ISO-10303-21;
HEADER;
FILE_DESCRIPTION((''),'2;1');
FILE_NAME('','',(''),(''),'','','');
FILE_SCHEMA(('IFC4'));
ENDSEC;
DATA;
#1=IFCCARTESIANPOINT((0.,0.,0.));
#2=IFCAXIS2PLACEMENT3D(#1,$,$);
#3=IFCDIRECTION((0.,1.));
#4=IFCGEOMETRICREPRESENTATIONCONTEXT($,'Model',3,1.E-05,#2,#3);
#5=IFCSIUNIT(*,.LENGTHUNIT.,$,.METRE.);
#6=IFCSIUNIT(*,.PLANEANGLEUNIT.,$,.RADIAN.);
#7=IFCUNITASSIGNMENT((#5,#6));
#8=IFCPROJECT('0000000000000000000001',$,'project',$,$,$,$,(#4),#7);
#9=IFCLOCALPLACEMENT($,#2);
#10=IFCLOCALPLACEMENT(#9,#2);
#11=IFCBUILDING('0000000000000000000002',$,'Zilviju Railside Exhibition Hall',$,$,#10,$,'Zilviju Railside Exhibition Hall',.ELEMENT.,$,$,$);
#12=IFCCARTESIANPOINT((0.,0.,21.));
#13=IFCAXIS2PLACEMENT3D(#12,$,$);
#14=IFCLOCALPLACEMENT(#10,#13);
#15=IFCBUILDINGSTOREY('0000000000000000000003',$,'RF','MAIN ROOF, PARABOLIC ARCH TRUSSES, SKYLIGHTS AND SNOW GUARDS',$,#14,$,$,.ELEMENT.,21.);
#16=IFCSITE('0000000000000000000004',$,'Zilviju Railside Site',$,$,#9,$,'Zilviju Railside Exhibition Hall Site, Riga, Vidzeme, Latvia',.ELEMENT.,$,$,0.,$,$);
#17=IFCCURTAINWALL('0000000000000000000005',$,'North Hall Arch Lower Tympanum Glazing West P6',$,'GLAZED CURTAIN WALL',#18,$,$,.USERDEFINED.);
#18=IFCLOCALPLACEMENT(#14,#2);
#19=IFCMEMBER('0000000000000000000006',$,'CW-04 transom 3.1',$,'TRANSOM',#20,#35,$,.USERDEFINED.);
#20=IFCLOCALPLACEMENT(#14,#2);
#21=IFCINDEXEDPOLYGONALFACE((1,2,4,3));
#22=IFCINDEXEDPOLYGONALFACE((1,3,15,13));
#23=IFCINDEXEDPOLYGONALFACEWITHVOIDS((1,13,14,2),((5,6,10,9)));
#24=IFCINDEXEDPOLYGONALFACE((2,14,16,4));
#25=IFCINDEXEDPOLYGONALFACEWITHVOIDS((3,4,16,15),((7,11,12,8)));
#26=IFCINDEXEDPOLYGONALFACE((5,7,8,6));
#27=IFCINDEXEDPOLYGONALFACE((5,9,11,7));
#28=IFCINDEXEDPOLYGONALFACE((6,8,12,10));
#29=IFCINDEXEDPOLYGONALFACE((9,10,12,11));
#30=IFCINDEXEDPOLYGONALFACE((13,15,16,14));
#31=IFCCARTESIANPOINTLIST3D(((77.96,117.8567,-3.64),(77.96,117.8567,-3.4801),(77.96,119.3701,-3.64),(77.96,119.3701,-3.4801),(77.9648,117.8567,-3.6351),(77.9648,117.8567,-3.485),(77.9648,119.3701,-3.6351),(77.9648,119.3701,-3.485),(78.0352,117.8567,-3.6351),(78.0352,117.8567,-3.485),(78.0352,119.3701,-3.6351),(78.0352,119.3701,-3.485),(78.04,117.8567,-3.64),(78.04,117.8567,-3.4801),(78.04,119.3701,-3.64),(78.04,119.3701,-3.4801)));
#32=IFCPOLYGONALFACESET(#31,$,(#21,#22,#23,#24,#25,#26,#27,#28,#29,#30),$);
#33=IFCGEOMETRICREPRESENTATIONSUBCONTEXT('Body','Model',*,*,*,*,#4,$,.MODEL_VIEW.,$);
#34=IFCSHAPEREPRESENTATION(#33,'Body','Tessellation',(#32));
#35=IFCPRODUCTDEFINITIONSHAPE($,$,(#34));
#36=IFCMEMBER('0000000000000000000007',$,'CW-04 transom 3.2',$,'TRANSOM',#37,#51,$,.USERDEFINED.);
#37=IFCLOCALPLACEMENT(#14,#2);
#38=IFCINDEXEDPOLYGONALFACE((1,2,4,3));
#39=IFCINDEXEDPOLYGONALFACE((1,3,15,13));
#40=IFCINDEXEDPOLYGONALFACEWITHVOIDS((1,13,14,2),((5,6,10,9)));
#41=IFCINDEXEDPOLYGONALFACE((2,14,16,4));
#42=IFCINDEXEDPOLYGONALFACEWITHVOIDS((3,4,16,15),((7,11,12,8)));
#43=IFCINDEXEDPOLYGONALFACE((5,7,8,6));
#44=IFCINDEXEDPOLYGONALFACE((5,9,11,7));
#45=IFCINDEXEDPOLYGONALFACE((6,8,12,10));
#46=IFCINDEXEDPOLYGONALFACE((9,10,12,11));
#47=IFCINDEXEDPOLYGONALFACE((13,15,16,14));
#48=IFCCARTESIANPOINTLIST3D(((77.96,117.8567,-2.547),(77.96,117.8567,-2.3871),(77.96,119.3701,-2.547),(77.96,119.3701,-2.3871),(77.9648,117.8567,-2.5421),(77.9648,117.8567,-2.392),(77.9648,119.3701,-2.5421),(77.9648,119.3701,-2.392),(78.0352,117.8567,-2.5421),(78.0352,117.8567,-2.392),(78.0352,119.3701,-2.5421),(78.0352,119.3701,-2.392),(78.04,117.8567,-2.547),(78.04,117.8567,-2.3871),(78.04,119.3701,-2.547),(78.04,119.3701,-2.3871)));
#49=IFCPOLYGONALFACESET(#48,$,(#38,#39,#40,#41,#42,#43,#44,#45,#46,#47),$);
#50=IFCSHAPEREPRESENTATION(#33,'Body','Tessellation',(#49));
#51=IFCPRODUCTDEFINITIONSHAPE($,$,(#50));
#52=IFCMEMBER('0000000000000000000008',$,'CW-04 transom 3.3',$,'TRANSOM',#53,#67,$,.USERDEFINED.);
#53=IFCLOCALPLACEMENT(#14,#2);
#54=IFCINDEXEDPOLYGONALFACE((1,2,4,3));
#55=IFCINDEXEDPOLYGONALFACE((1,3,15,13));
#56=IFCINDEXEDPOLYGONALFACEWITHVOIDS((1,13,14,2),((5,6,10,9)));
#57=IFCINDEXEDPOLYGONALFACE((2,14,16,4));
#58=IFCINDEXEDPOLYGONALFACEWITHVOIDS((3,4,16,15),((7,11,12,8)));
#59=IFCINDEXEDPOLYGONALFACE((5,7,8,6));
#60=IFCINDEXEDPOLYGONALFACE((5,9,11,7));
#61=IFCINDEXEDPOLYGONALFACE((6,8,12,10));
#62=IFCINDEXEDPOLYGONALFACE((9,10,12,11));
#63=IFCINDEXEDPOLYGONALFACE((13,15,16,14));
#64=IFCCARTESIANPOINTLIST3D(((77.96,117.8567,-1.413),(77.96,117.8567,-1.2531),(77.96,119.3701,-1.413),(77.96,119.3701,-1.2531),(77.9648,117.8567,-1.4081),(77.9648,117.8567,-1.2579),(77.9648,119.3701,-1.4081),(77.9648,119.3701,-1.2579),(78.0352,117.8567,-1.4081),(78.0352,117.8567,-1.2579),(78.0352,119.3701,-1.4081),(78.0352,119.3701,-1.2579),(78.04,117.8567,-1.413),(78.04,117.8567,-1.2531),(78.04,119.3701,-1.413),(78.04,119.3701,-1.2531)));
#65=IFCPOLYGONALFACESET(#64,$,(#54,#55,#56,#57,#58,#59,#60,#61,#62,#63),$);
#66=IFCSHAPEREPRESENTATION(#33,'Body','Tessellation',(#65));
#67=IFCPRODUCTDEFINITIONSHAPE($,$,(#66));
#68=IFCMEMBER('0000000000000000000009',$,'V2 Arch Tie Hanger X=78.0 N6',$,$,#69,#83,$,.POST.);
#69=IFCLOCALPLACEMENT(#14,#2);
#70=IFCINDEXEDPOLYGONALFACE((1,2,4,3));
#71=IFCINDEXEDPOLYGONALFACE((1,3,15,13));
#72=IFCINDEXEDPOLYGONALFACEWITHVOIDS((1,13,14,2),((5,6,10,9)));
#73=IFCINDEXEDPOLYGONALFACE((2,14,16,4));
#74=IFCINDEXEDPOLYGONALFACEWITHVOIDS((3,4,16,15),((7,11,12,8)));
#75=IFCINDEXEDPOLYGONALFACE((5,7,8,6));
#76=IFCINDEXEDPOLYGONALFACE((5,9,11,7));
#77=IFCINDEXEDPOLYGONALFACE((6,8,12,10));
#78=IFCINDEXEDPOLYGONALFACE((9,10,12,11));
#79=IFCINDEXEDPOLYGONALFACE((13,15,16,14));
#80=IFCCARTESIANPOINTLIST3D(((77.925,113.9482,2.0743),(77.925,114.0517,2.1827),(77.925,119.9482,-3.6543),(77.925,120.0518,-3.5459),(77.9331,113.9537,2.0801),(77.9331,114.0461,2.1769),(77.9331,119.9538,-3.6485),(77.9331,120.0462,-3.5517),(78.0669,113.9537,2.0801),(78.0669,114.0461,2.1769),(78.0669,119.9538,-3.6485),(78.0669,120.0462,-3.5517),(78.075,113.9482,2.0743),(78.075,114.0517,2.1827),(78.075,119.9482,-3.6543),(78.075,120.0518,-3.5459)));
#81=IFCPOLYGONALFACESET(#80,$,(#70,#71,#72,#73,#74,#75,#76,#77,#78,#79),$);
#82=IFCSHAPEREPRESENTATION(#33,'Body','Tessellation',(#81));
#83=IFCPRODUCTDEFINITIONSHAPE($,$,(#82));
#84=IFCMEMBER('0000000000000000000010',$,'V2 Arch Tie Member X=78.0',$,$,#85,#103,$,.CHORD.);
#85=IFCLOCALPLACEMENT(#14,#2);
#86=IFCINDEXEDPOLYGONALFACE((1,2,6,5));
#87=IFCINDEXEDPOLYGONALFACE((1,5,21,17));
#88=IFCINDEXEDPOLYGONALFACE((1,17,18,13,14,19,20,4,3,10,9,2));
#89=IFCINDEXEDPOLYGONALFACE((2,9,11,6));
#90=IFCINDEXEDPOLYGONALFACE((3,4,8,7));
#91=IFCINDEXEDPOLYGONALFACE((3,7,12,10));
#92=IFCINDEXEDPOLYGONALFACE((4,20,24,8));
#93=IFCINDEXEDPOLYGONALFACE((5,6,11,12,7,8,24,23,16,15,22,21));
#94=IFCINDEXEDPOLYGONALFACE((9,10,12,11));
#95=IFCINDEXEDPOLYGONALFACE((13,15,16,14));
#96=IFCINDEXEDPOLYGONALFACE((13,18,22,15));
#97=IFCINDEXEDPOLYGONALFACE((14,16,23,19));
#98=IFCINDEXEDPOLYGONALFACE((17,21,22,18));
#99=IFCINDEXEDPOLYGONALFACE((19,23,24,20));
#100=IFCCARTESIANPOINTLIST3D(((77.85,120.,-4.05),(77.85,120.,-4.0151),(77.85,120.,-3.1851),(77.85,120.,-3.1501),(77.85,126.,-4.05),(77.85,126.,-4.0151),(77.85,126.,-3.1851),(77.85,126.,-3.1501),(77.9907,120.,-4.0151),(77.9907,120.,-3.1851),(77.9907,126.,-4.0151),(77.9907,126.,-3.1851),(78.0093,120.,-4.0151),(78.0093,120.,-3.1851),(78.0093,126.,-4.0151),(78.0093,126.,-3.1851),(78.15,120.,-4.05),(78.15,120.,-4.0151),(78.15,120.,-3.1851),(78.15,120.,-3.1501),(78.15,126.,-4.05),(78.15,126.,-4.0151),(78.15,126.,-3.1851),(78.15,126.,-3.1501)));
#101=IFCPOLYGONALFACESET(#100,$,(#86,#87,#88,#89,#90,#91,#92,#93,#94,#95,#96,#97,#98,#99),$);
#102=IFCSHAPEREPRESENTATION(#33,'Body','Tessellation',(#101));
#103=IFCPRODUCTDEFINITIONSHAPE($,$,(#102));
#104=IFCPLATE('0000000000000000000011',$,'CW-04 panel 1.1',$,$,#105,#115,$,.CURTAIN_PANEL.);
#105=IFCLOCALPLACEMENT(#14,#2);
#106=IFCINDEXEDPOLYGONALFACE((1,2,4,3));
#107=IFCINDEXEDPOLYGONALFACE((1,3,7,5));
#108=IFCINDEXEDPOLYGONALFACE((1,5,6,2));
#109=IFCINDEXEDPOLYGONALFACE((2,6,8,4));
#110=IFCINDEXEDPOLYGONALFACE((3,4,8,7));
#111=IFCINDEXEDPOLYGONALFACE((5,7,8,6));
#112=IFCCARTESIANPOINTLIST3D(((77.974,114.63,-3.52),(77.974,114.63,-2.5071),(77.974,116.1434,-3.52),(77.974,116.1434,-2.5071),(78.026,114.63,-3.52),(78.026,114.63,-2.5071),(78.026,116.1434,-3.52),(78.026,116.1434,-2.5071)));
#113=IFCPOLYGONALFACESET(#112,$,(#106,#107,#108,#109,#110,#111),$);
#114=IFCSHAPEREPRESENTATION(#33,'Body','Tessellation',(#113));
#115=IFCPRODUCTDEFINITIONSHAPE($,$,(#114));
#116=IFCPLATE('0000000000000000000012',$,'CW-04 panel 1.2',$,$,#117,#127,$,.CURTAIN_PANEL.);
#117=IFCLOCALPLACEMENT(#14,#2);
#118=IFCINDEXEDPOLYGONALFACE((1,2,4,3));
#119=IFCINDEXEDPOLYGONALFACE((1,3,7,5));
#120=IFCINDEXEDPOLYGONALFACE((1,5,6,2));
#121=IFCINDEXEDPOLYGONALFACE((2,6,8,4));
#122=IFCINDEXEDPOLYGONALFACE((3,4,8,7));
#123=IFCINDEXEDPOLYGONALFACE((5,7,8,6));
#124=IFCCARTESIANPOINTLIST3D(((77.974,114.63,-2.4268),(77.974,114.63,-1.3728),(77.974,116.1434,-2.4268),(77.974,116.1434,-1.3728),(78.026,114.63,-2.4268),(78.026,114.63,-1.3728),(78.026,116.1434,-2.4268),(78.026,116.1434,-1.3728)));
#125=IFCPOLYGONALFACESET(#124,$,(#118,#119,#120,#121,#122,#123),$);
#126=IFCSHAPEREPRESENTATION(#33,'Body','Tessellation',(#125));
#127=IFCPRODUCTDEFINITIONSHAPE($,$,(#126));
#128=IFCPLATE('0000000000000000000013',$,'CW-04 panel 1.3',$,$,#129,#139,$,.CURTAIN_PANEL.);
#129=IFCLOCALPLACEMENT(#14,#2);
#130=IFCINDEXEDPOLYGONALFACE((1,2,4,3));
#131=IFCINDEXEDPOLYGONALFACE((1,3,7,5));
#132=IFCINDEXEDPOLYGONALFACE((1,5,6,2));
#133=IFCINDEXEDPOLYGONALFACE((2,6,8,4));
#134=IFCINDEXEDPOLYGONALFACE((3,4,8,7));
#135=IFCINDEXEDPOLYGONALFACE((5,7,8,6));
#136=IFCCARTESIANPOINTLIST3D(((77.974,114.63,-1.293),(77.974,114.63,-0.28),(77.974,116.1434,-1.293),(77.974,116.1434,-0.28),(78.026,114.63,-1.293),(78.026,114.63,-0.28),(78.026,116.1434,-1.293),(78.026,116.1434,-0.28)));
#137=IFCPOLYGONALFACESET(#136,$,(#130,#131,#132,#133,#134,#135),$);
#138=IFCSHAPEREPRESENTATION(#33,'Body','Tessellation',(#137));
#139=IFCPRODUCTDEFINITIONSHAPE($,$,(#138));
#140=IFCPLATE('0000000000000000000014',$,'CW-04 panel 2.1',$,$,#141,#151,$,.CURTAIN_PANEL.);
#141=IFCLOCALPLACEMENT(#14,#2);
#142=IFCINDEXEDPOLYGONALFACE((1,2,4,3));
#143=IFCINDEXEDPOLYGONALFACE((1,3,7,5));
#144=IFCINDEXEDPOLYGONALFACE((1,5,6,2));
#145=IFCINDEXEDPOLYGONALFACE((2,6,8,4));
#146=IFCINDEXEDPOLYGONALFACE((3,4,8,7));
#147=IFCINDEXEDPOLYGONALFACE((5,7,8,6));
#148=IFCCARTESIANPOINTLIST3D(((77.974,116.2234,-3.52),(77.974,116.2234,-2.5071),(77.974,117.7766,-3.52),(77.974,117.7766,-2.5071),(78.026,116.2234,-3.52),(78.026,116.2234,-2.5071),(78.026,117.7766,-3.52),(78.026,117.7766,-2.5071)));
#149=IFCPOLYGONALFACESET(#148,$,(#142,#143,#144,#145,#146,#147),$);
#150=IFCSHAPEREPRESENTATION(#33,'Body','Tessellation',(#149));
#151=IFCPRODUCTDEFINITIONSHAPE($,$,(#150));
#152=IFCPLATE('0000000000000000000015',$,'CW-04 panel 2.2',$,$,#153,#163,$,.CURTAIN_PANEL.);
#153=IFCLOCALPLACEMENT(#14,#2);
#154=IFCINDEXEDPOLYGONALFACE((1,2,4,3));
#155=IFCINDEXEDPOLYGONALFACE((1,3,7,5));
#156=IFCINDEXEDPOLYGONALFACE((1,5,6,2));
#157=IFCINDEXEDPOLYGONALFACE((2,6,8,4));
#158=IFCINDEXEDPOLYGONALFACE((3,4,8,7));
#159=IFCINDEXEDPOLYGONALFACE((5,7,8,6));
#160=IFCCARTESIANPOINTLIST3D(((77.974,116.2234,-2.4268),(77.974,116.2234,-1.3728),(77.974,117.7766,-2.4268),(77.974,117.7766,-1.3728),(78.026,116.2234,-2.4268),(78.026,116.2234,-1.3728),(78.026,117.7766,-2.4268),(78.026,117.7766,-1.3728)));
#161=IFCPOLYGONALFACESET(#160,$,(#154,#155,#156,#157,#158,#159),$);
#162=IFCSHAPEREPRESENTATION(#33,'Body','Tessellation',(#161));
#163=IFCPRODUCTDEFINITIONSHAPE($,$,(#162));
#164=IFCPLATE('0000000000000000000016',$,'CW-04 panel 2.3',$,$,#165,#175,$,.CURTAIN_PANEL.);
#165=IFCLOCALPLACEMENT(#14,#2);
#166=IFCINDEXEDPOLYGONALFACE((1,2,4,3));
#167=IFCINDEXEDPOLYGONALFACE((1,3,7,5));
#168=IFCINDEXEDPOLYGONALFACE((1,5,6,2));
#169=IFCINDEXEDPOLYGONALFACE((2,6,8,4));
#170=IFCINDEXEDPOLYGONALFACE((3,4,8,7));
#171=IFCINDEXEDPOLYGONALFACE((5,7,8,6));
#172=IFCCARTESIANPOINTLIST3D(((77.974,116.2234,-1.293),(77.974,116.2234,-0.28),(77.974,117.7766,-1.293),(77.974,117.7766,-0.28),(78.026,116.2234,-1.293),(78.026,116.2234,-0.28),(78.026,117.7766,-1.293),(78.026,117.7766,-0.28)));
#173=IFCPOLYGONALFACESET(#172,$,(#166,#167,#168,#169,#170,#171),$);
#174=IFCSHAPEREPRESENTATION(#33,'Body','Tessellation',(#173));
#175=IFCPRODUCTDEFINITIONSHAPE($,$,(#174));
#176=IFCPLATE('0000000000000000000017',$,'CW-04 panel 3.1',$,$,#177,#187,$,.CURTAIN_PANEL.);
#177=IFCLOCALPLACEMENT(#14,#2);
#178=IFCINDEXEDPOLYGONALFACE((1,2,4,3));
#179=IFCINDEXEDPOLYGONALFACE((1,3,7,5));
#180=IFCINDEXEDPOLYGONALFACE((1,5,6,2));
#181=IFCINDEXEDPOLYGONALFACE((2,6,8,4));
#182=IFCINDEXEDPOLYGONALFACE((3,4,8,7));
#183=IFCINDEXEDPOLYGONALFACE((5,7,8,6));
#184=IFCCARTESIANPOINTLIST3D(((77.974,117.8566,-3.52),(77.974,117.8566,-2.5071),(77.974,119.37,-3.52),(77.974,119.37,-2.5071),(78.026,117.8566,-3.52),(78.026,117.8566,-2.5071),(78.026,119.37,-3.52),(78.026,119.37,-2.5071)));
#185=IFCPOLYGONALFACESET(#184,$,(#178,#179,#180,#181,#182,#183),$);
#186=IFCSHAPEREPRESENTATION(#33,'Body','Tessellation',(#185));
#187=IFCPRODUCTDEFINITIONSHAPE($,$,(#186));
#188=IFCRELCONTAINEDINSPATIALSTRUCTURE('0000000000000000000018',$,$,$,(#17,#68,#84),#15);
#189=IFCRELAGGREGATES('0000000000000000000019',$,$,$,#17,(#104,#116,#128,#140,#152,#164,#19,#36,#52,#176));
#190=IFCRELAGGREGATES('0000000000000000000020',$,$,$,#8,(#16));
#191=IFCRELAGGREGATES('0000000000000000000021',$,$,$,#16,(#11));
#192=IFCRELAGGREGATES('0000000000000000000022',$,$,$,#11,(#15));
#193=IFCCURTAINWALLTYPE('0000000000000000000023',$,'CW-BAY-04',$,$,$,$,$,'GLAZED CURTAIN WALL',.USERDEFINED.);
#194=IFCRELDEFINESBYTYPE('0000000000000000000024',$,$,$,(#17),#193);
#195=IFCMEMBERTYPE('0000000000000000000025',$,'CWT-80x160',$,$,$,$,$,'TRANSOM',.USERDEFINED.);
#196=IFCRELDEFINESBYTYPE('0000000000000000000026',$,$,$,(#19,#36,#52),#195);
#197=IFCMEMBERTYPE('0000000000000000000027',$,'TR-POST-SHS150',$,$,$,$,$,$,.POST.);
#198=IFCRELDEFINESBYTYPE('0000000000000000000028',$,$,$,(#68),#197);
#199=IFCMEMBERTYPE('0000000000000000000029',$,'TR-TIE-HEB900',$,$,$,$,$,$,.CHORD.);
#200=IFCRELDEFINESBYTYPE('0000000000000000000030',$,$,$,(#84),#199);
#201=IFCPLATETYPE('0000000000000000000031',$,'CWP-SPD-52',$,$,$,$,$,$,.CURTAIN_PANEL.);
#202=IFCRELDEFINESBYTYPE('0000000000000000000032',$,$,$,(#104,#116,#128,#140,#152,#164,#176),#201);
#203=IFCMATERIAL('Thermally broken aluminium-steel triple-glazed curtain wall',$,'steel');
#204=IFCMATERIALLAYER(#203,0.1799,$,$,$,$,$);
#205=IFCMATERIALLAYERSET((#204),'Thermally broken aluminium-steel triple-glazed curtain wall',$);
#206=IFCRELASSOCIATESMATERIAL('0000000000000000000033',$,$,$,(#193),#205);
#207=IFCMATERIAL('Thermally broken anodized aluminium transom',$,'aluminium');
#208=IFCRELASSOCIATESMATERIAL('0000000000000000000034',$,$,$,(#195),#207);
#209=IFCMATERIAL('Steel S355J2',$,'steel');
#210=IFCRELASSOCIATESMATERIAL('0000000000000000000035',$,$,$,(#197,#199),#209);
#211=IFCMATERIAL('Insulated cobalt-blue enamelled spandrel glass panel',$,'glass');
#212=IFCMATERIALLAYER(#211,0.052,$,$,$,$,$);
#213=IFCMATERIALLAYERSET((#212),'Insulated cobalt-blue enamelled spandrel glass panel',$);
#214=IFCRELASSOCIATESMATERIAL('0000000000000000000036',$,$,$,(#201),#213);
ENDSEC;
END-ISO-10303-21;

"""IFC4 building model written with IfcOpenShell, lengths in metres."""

from ifc_helpers import new_model, si_unit, direction, frame, origin, origin_2d, place, context, subcontext, project, spatial, rectangle, hollow_rectangle, i_section, extrude, material, layer, layer_set, material_profile, profile_set, type_object, element, aggregate, save


model = new_model("IFC4")

# Units and contexts
model_context = context("Model", 3, precision=1e-05, world=origin(), true_north=direction((0.0, 1.0)))
body_context = subcontext(model_context, "Body", "Model", "MODEL_VIEW")
ifc_project = project(units=[si_unit("LENGTHUNIT", "METRE"), si_unit("PLANEANGLEUNIT", "RADIAN")], contexts=[model_context])

# Site, building, storey
site_placement = place(None, origin())
site = spatial("IfcSite", under=ifc_project, at=site_placement, Name="Zilviju Railside Site", LongName="Zilviju Railside Exhibition Hall Site, Riga, Vidzeme, Latvia", CompositionType="ELEMENT", RefElevation=0.0)
building_placement = place(site_placement, origin())
building = spatial("IfcBuilding", under=site, at=building_placement, Name="Zilviju Railside Exhibition Hall", LongName="Zilviju Railside Exhibition Hall", CompositionType="ELEMENT")
storey_placement = place(building_placement, frame((0.0, 0.0, 21.0)))
storey = spatial("IfcBuildingStorey", under=building, at=storey_placement, Name="RF", Description="MAIN ROOF, PARABOLIC ARCH TRUSSES, SKYLIGHTS AND SNOW GUARDS", CompositionType="ELEMENT", Elevation=21.0)

# Curtain wall, members
ifc_material_1 = material(Name="Thermally broken aluminium-steel triple-glazed curtain wall", Category="steel")
ifc_layer_1 = layer(ifc_material_1, 0.1799)
ifc_layer_set_1 = layer_set([ifc_layer_1], Name="Thermally broken aluminium-steel triple-glazed curtain wall")
curtain_wall_type = type_object("IfcCurtainWallType", Name="CW-BAY-04", ElementType="GLAZED CURTAIN WALL", PredefinedType="USERDEFINED", material=ifc_layer_set_1)
curtain_wall_placement = place(storey_placement, origin())
curtain_wall = element("IfcCurtainWall", 1, at=curtain_wall_placement, inside=storey, type_object=curtain_wall_type, Name="North Hall Arch Lower Tympanum Glazing West P6", ObjectType="GLAZED CURTAIN WALL", PredefinedType="USERDEFINED")
ifc_material_2 = material(Name="Thermally broken anodized aluminium transom", Category="aluminium")
ifc_material_profile_1 = material_profile(ifc_material_2, hollow_rectangle(XDim=0.0801, YDim=0.1599, WallThickness=0.0049, at=origin_2d()), Name="TRANSOM 160x80x5")
ifc_profile_set_1 = profile_set([ifc_material_profile_1], Name="Thermally broken anodized aluminium transom")
member_type_1 = type_object("IfcMemberType", Name="CWT-80x160", ElementType="TRANSOM", PredefinedType="USERDEFINED", material=ifc_profile_set_1)
member_1_placement = place(storey_placement, frame((78.0, 117.8567, -3.5601), z_axis=(0.0, 1.0, 0.0), x_axis=(-1.0, 0.0, 0.0)))
member_1 = element("IfcMember", 2, at=member_1_placement, type_object=member_type_1, Name="CW-04 transom 3.1", ObjectType="TRANSOM", PredefinedType="USERDEFINED", context=body_context, shape_type="SweptSolid", body=[
    extrude(hollow_rectangle(XDim=0.0801, YDim=0.1599, WallThickness=0.0049, at=origin_2d()), origin(), (0.0, 0.0, 1.0), 1.5134),
])
member_2_placement = place(storey_placement, frame((78.0, 117.8567, -2.467), z_axis=(0.0, 1.0, 0.0), x_axis=(-1.0, 0.0, 0.0)))
member_2 = element("IfcMember", 3, at=member_2_placement, type_object=member_type_1, Name="CW-04 transom 3.2", ObjectType="TRANSOM", PredefinedType="USERDEFINED", context=body_context, shape_type="SweptSolid", body=[
    extrude(hollow_rectangle(XDim=0.0801, YDim=0.1599, WallThickness=0.0049, at=origin_2d()), origin(), (0.0, 0.0, 1.0), 1.5134),
])
member_3_placement = place(storey_placement, frame((78.0, 117.8567, -1.333), z_axis=(0.0, 1.0, 0.0), x_axis=(-1.0, 0.0, 0.0)))
member_3 = element("IfcMember", 4, at=member_3_placement, type_object=member_type_1, Name="CW-04 transom 3.3", ObjectType="TRANSOM", PredefinedType="USERDEFINED", context=body_context, shape_type="SweptSolid", body=[
    extrude(hollow_rectangle(XDim=0.0801, YDim=0.1599, WallThickness=0.0049, at=origin_2d()), origin(), (0.0, 0.0, 1.0), 1.5134),
])

# Members
ifc_material_3 = material(Name="Steel S355J2", Category="steel")
ifc_material_profile_2 = material_profile(ifc_material_3, hollow_rectangle(XDim=0.1499, YDim=0.1499, WallThickness=0.0081, at=origin_2d()), Name="SHS 150x150x8.0")
ifc_profile_set_2 = profile_set([ifc_material_profile_2], Name="Steel S355J2")
member_type_2 = type_object("IfcMemberType", Name="TR-POST-SHS150", PredefinedType="POST", material=ifc_profile_set_2)
member_4_placement = place(storey_placement, frame((78.0, 120.0, -3.6001), z_axis=(0.0, -0.723281, 0.690554), x_axis=(1.0, 0.0, 0.0)))
element("IfcMember", 5, at=member_4_placement, inside=storey, type_object=member_type_2, Name="V2 Arch Tie Hanger X=78.0 N6", PredefinedType="POST", context=body_context, shape_type="SweptSolid", body=[
    extrude(hollow_rectangle(XDim=0.1499, YDim=0.1499, WallThickness=0.0081, at=origin_2d()), origin(), (0.0, 0.0, 1.0), 8.2957),
])
ifc_material_profile_3 = material_profile(ifc_material_3, i_section(OverallWidth=0.3, OverallDepth=0.8999, WebThickness=0.0186, FlangeThickness=0.0349, at=origin_2d()), Name="HEB 900")
ifc_profile_set_3 = profile_set([ifc_material_profile_3], Name="Steel S355J2")
member_type_3 = type_object("IfcMemberType", Name="TR-TIE-HEB900", PredefinedType="CHORD", material=ifc_profile_set_3)
member_5_placement = place(storey_placement, frame((78.0, 120.0, -3.6001), z_axis=(0.0, 1.0, 0.0), x_axis=(-1.0, 0.0, 0.0)))
element("IfcMember", 6, at=member_5_placement, inside=storey, type_object=member_type_3, Name="V2 Arch Tie Member X=78.0", PredefinedType="CHORD", context=body_context, shape_type="SweptSolid", body=[
    extrude(i_section(OverallWidth=0.3, OverallDepth=0.8999, WebThickness=0.0186, FlangeThickness=0.0349, at=origin_2d()), origin(), (0.0, 0.0, 1.0), 6.0),
])

# Plates
ifc_material_4 = material(Name="Insulated cobalt-blue enamelled spandrel glass panel", Category="glass")
ifc_layer_2 = layer(ifc_material_4, 0.052)
ifc_layer_set_2 = layer_set([ifc_layer_2], Name="Insulated cobalt-blue enamelled spandrel glass panel")
plate_type = type_object("IfcPlateType", Name="CWP-SPD-52", PredefinedType="CURTAIN_PANEL", material=ifc_layer_set_2)
plate_1_placement = place(storey_placement, frame((78.0, 115.3867, -3.52), z_axis=(0.0, 0.0, 1.0), x_axis=(0.0, 1.0, 0.0)))
plate_1 = element("IfcPlate", 7, at=plate_1_placement, type_object=plate_type, Name="CW-04 panel 1.1", PredefinedType="CURTAIN_PANEL", context=body_context, shape_type="SweptSolid", body=[
    extrude(rectangle(XDim=1.5134, YDim=0.052, at=origin_2d()), origin(), (0.0, 0.0, 1.0), 1.0129),
])
plate_2_placement = place(storey_placement, frame((78.0, 115.3867, -2.4268), z_axis=(0.0, 0.0, 1.0), x_axis=(0.0, 1.0, 0.0)))
plate_2 = element("IfcPlate", 8, at=plate_2_placement, type_object=plate_type, Name="CW-04 panel 1.2", PredefinedType="CURTAIN_PANEL", context=body_context, shape_type="SweptSolid", body=[
    extrude(rectangle(XDim=1.5134, YDim=0.052, at=origin_2d()), origin(), (0.0, 0.0, 1.0), 1.054),
])
plate_3_placement = place(storey_placement, frame((78.0, 115.3867, -1.293), z_axis=(0.0, 0.0, 1.0), x_axis=(0.0, 1.0, 0.0)))
plate_3 = element("IfcPlate", 9, at=plate_3_placement, type_object=plate_type, Name="CW-04 panel 1.3", PredefinedType="CURTAIN_PANEL", context=body_context, shape_type="SweptSolid", body=[
    extrude(rectangle(XDim=1.5134, YDim=0.052, at=origin_2d()), origin(), (0.0, 0.0, 1.0), 1.0129),
])
plate_4_placement = place(storey_placement, frame((78.0, 117.0, -3.52), z_axis=(0.0, 0.0, 1.0), x_axis=(0.0, 1.0, 0.0)))
plate_4 = element("IfcPlate", 10, at=plate_4_placement, type_object=plate_type, Name="CW-04 panel 2.1", PredefinedType="CURTAIN_PANEL", context=body_context, shape_type="SweptSolid", body=[
    extrude(rectangle(XDim=1.5532, YDim=0.052, at=origin_2d()), origin(), (0.0, 0.0, 1.0), 1.0129),
])
plate_5_placement = place(storey_placement, frame((78.0, 117.0, -2.4268), z_axis=(0.0, 0.0, 1.0), x_axis=(0.0, 1.0, 0.0)))
plate_5 = element("IfcPlate", 11, at=plate_5_placement, type_object=plate_type, Name="CW-04 panel 2.2", PredefinedType="CURTAIN_PANEL", context=body_context, shape_type="SweptSolid", body=[
    extrude(rectangle(XDim=1.5532, YDim=0.052, at=origin_2d()), origin(), (0.0, 0.0, 1.0), 1.054),
])
plate_6_placement = place(storey_placement, frame((78.0, 117.0, -1.293), z_axis=(0.0, 0.0, 1.0), x_axis=(0.0, 1.0, 0.0)))
plate_6 = element("IfcPlate", 12, at=plate_6_placement, type_object=plate_type, Name="CW-04 panel 2.3", PredefinedType="CURTAIN_PANEL", context=body_context, shape_type="SweptSolid", body=[
    extrude(rectangle(XDim=1.5532, YDim=0.052, at=origin_2d()), origin(), (0.0, 0.0, 1.0), 1.0129),
])
plate_7_placement = place(storey_placement, frame((78.0, 118.6133, -3.52), z_axis=(0.0, 0.0, 1.0), x_axis=(0.0, 1.0, 0.0)))
plate_7 = element("IfcPlate", 13, at=plate_7_placement, type_object=plate_type, Name="CW-04 panel 3.1", PredefinedType="CURTAIN_PANEL", context=body_context, shape_type="SweptSolid", body=[
    extrude(rectangle(XDim=1.5134, YDim=0.052, at=origin_2d()), origin(), (0.0, 0.0, 1.0), 1.0129),
])
aggregate(curtain_wall, [plate_1, plate_2, plate_3, plate_4, plate_5, plate_6, member_1, member_2, member_3, plate_7])

save(model, "model.ifc")
